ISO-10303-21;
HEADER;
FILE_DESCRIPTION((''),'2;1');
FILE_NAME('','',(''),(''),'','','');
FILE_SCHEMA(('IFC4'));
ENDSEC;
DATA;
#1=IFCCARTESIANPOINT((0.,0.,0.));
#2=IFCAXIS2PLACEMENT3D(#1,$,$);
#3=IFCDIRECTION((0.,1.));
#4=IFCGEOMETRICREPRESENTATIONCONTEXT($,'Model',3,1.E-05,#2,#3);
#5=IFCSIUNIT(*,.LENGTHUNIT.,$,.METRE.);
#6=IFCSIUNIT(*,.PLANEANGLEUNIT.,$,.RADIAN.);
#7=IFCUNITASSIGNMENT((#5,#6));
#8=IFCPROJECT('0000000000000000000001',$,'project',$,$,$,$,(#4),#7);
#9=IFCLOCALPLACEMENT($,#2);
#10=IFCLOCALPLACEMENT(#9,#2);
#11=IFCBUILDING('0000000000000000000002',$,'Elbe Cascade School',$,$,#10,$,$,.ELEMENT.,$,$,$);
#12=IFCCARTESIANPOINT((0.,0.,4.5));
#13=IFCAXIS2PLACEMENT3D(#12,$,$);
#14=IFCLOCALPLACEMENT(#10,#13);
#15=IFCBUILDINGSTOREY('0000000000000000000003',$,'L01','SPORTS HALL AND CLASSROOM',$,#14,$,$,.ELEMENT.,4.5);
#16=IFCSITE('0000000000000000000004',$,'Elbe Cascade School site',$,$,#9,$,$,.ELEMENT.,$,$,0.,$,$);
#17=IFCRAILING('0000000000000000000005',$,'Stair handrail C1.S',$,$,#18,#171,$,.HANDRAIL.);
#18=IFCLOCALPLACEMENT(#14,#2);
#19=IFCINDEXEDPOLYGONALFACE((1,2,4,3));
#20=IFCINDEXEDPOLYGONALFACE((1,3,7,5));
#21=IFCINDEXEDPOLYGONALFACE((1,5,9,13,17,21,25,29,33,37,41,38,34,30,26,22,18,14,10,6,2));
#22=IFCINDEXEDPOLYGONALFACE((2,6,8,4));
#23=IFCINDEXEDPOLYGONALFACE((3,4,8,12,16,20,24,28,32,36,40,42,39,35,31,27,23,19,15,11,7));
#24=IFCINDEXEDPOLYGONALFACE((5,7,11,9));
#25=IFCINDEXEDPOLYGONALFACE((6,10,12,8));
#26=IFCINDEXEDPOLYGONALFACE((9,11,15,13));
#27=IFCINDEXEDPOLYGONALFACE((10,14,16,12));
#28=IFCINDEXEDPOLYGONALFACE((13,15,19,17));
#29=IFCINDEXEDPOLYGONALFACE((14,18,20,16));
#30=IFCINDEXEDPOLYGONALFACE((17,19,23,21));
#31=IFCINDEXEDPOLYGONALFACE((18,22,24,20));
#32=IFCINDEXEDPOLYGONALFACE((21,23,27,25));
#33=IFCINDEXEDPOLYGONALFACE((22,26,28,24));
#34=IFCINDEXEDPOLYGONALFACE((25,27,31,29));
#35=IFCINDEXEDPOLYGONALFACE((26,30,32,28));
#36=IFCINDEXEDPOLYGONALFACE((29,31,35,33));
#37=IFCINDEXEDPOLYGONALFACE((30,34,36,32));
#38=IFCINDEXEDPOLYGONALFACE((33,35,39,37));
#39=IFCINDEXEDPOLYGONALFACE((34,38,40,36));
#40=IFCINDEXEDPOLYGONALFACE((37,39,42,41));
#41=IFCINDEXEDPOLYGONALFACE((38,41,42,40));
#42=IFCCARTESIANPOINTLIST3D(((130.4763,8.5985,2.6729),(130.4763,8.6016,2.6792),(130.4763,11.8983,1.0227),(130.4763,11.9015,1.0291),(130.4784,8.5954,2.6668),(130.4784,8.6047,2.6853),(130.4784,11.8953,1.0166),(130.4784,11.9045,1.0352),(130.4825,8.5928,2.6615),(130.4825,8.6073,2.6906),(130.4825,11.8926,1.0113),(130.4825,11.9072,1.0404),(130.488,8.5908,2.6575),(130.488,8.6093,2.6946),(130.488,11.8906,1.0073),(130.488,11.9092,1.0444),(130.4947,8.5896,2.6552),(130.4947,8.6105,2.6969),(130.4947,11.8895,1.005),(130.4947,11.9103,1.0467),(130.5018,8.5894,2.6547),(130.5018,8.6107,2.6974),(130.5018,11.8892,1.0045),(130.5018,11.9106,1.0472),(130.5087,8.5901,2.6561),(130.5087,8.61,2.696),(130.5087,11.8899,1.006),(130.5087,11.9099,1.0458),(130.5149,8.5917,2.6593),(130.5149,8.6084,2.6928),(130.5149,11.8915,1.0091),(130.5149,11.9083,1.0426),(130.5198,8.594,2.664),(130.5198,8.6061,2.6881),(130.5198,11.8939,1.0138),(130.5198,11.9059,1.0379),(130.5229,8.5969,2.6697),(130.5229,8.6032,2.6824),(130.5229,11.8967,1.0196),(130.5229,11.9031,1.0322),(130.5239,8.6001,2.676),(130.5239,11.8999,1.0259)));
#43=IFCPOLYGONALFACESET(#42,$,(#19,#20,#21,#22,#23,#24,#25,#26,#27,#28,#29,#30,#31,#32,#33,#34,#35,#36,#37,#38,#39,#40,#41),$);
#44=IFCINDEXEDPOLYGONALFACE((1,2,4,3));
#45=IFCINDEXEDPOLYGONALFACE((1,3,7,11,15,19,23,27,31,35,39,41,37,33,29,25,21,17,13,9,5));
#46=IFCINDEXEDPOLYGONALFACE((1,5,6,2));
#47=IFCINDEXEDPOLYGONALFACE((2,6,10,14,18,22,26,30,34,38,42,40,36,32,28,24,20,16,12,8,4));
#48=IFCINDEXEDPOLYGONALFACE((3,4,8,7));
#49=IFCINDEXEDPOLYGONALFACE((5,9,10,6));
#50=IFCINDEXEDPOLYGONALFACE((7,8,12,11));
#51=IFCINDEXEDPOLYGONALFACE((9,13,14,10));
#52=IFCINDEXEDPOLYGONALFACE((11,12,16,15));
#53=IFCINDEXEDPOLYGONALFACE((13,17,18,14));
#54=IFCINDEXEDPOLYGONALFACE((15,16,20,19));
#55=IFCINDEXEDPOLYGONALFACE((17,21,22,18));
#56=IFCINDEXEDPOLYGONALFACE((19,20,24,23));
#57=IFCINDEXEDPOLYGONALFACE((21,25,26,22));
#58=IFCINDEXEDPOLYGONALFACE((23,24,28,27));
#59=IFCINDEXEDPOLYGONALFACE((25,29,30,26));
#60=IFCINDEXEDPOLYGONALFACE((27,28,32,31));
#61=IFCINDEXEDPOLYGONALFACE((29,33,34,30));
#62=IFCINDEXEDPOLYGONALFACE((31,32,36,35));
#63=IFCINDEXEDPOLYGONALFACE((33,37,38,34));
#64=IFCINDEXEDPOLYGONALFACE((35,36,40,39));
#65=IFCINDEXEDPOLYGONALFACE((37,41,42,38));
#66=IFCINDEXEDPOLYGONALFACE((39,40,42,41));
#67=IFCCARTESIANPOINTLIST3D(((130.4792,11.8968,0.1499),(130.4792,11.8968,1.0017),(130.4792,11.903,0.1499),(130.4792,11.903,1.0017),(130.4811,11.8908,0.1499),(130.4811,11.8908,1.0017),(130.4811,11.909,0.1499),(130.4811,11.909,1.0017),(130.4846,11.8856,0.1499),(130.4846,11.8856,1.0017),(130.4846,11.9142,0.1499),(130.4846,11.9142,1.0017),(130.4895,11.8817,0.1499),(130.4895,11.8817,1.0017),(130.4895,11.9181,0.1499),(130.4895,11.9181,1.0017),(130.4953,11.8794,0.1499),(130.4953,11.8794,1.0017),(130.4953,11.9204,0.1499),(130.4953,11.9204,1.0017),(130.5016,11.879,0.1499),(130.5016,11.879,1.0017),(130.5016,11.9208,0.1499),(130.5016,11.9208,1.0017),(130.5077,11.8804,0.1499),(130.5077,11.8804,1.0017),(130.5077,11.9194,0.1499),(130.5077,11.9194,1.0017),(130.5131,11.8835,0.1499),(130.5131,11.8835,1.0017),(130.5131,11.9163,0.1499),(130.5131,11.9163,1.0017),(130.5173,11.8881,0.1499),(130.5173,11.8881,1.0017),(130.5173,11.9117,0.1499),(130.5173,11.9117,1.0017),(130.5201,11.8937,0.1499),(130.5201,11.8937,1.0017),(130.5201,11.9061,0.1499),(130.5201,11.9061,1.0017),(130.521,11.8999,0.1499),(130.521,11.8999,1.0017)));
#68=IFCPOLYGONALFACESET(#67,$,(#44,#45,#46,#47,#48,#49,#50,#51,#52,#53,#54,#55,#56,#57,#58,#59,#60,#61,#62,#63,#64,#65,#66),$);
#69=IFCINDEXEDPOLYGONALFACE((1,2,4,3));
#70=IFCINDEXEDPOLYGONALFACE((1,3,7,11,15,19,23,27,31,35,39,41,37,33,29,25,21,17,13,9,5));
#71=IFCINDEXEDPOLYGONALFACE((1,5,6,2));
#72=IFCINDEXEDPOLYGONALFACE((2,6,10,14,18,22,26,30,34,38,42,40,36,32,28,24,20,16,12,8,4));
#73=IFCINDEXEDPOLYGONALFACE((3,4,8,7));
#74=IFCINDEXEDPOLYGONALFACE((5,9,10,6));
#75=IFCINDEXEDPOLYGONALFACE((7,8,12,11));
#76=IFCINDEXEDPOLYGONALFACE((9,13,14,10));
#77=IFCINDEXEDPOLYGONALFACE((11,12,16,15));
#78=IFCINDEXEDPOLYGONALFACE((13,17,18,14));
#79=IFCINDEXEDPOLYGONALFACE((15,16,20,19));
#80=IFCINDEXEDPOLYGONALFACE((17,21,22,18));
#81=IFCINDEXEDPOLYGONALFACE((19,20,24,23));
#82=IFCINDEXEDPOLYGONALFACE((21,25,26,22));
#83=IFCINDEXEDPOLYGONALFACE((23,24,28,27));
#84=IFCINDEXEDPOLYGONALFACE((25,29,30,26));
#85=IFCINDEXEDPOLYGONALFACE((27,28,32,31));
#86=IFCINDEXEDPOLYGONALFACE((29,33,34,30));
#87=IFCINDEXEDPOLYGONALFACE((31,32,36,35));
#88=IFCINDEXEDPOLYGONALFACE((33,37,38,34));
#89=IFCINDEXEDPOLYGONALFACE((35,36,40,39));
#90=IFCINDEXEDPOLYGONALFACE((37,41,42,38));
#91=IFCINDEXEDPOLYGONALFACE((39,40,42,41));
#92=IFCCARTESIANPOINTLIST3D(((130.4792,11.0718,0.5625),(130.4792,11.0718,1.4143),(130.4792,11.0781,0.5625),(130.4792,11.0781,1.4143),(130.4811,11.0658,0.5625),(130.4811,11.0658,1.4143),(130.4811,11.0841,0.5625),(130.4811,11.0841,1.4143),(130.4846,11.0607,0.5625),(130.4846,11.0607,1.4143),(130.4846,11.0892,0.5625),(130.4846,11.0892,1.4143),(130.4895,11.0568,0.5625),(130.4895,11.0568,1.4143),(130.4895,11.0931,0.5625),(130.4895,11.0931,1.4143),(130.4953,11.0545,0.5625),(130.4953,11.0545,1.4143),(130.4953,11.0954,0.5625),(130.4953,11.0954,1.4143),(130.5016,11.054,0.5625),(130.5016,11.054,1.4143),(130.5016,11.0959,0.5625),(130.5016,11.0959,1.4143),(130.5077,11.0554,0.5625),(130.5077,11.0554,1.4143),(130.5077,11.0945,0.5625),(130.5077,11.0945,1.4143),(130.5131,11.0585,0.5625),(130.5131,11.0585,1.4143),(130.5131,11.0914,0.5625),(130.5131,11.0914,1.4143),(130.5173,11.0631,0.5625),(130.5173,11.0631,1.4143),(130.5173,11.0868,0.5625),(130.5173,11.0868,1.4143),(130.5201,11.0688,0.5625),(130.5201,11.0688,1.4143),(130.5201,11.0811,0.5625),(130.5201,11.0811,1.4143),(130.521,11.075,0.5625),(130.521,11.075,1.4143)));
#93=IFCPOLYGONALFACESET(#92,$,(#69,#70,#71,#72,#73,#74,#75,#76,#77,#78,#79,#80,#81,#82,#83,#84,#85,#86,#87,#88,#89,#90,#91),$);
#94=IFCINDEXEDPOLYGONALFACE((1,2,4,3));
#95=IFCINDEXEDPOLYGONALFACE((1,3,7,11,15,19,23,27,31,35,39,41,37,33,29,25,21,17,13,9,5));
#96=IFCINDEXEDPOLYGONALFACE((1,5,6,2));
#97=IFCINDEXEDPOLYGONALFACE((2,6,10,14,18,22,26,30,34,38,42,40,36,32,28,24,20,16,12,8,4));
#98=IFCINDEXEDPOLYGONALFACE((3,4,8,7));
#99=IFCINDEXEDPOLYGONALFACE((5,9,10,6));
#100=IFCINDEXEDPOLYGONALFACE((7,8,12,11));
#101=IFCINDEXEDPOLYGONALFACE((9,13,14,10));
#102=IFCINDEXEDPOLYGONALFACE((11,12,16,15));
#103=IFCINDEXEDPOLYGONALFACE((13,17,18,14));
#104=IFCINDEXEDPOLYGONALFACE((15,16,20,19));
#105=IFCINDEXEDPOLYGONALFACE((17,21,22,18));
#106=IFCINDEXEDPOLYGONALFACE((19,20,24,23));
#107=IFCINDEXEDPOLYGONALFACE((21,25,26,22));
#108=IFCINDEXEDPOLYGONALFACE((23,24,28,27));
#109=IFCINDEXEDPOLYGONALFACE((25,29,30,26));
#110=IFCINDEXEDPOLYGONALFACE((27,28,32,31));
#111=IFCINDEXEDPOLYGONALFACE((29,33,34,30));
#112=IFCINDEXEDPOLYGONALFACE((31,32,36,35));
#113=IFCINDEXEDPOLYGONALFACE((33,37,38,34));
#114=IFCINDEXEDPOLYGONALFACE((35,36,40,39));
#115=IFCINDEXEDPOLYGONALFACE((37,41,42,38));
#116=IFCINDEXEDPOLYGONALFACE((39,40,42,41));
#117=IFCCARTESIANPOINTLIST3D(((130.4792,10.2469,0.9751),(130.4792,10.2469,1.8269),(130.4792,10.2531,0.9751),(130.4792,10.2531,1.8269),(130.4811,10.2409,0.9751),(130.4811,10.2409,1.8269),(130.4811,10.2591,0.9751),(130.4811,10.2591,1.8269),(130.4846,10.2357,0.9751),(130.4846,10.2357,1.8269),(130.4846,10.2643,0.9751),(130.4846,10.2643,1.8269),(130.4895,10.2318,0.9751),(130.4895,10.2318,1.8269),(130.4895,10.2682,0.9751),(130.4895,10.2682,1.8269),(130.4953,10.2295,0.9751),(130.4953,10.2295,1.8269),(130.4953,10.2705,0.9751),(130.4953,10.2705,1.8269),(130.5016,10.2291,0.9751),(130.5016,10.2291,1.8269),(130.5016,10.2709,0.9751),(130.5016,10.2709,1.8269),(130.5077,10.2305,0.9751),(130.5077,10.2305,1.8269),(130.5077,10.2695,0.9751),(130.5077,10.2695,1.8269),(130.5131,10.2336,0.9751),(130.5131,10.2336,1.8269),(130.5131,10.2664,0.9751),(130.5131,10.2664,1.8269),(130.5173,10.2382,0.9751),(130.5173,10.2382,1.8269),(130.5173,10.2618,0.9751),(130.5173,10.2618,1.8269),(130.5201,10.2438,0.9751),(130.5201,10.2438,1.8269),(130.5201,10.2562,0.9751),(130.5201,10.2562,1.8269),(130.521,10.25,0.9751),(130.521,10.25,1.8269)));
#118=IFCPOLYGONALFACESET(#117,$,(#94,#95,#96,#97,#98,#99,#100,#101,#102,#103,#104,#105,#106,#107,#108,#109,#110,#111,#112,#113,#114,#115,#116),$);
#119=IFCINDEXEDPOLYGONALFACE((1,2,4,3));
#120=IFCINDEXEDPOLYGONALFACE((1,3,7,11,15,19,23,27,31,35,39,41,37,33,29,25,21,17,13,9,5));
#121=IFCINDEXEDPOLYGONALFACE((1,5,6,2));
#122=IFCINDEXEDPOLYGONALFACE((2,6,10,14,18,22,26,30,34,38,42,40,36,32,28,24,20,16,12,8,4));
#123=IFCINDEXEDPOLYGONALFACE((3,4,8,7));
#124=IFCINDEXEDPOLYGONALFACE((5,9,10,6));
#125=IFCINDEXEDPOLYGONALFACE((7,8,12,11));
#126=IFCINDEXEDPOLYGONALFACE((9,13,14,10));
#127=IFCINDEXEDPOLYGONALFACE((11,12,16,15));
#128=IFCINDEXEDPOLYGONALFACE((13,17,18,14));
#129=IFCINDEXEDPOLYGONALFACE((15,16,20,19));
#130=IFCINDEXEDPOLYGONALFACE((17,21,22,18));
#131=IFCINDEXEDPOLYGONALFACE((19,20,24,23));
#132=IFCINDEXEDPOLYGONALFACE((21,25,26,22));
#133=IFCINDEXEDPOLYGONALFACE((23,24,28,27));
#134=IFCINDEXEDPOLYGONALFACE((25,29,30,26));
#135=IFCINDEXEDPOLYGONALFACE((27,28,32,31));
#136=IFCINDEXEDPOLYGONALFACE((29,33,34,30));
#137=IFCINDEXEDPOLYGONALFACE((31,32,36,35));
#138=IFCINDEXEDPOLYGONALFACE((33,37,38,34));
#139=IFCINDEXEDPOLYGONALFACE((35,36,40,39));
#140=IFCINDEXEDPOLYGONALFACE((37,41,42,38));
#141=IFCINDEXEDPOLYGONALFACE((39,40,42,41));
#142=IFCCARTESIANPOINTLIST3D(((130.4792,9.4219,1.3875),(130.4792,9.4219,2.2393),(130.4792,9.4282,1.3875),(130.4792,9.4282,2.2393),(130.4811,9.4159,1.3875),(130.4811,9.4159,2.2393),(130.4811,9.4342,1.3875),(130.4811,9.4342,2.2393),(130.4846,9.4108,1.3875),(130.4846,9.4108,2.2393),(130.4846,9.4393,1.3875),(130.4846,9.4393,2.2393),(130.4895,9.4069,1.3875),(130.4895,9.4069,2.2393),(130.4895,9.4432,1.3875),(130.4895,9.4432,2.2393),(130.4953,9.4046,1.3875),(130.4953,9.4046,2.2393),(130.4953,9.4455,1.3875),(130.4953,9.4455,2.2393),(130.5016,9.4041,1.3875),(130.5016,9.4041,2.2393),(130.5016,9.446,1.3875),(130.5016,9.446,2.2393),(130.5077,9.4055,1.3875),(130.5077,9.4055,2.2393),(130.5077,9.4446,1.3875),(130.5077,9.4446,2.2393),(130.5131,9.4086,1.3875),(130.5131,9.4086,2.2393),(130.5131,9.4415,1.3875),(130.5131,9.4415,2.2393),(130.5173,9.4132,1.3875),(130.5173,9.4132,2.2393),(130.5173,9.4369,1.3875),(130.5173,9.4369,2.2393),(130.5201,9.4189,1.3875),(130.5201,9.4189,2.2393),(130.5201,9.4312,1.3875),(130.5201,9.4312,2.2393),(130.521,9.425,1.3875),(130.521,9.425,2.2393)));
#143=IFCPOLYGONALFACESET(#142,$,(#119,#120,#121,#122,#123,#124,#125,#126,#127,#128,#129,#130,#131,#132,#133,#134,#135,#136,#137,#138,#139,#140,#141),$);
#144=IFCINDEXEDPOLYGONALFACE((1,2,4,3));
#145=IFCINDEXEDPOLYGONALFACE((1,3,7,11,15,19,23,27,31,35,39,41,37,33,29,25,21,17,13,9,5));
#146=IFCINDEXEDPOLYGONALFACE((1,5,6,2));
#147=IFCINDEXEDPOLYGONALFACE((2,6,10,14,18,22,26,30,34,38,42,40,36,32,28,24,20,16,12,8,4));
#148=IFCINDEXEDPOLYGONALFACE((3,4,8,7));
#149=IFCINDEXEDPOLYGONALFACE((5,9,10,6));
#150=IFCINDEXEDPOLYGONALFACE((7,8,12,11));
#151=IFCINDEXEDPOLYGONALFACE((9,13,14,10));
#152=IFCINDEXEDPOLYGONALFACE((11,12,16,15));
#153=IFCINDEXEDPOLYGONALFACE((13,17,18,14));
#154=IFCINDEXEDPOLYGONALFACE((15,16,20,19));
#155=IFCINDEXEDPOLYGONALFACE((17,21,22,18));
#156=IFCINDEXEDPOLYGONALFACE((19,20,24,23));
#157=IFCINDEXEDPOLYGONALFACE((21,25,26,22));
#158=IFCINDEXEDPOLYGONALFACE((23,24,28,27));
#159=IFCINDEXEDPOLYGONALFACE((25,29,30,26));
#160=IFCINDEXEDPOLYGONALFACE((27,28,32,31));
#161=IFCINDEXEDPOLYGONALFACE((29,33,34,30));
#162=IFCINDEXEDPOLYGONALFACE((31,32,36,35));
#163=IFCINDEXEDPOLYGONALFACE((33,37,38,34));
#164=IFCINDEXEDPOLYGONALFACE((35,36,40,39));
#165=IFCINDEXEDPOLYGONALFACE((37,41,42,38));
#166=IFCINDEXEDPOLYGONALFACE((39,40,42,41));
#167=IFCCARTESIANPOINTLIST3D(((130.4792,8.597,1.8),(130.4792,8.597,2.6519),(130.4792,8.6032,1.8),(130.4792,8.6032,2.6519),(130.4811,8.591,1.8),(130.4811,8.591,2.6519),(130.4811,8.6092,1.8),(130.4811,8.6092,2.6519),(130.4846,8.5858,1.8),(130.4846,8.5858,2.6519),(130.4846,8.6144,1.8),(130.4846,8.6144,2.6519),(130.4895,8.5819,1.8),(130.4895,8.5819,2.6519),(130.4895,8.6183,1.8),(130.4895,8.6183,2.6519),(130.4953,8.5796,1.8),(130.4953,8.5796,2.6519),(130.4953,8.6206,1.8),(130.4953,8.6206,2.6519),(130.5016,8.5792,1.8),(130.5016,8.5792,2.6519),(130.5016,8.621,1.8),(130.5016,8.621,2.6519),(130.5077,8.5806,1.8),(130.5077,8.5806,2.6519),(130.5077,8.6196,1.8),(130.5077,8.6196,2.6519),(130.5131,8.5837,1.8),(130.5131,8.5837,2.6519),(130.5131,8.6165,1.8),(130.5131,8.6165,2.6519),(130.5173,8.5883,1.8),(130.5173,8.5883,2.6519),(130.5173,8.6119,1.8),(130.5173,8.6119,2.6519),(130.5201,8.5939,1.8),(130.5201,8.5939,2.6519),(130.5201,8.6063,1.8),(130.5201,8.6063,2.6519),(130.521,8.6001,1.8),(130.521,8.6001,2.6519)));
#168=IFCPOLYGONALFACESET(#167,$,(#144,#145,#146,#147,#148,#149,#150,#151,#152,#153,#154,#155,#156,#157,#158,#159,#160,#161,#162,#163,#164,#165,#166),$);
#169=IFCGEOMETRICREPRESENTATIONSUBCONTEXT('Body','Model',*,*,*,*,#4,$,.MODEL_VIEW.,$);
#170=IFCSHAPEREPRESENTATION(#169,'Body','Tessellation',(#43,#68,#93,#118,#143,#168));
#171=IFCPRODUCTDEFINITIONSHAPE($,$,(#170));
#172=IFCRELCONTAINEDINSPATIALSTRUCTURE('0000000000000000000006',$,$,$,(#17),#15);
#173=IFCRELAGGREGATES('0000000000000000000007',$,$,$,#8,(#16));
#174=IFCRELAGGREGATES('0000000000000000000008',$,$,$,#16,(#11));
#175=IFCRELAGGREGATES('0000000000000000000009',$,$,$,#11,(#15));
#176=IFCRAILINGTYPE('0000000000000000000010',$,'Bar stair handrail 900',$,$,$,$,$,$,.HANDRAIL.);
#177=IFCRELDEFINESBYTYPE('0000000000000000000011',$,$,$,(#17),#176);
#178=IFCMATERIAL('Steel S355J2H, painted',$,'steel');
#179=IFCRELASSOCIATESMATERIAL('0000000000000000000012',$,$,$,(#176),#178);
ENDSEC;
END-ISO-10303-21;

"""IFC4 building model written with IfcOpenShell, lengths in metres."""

from ifc_helpers import new_model, si_unit, direction, frame, origin, origin_2d, place, context, subcontext, project, spatial, circle, extrude, material, type_object, element, save


model = new_model("IFC4")

# Units and contexts
model_context = context("Model", 3, precision=1e-05, world=origin(), true_north=direction((0.0, 1.0)))
body_context = subcontext(model_context, "Body", "Model", "MODEL_VIEW")
ifc_project = project(units=[si_unit("LENGTHUNIT", "METRE"), si_unit("PLANEANGLEUNIT", "RADIAN")], contexts=[model_context])

# Site, building, storey
site_placement = place(None, origin())
site = spatial("IfcSite", under=ifc_project, at=site_placement, Name="Elbe Cascade School site", CompositionType="ELEMENT", RefElevation=0.0)
building_placement = place(site_placement, origin())
building = spatial("IfcBuilding", under=site, at=building_placement, Name="Elbe Cascade School", CompositionType="ELEMENT")
storey_placement = place(building_placement, frame((0.0, 0.0, 4.5)))
storey = spatial("IfcBuildingStorey", under=building, at=storey_placement, Name="L01", Description="SPORTS HALL AND CLASSROOM", CompositionType="ELEMENT", Elevation=4.5)

# Railing
ifc_material_1 = material(Name="Steel S355J2H, painted", Category="steel")
railing_type_1 = type_object("IfcRailingType", Name="Bar stair handrail 900", PredefinedType="HANDRAIL", material=ifc_material_1)
railing_1_placement = place(storey_placement, frame((130.5, 11.8999, 0.1499)))
element("IfcRailing", 1, at=railing_1_placement, inside=storey, type_object=railing_type_1, Name="Stair handrail C1.S", PredefinedType="HANDRAIL", context=body_context, shape_type="SweptSolid", body=[
    extrude(circle(Radius=0.0239, at=origin_2d()), frame((0.0, 0.0, 0.876), z_axis=(0.0, -0.894401, 0.447267), x_axis=(1.0, 0.0, 0.0)), (0.0, 0.0, 1.0), 3.6895),
    extrude(circle(Radius=0.021, at=origin_2d()), origin(), (0.0, 0.0, 1.0), 0.8518),
    extrude(circle(Radius=0.021, at=origin_2d()), frame((0.0, -0.825, 0.4126)), (0.0, 0.0, 1.0), 0.8518),
    extrude(circle(Radius=0.021, at=origin_2d()), frame((0.0, -1.6499, 0.8252)), (0.0, 0.0, 1.0), 0.8518),
    extrude(circle(Radius=0.021, at=origin_2d()), frame((0.0, -2.4749, 1.2375)), (0.0, 0.0, 1.0), 0.8518),
    extrude(circle(Radius=0.021, at=origin_2d()), frame((0.0, -3.2998, 1.6501)), (0.0, 0.0, 1.0), 0.8518),
])

save(model, "model.ifc")
